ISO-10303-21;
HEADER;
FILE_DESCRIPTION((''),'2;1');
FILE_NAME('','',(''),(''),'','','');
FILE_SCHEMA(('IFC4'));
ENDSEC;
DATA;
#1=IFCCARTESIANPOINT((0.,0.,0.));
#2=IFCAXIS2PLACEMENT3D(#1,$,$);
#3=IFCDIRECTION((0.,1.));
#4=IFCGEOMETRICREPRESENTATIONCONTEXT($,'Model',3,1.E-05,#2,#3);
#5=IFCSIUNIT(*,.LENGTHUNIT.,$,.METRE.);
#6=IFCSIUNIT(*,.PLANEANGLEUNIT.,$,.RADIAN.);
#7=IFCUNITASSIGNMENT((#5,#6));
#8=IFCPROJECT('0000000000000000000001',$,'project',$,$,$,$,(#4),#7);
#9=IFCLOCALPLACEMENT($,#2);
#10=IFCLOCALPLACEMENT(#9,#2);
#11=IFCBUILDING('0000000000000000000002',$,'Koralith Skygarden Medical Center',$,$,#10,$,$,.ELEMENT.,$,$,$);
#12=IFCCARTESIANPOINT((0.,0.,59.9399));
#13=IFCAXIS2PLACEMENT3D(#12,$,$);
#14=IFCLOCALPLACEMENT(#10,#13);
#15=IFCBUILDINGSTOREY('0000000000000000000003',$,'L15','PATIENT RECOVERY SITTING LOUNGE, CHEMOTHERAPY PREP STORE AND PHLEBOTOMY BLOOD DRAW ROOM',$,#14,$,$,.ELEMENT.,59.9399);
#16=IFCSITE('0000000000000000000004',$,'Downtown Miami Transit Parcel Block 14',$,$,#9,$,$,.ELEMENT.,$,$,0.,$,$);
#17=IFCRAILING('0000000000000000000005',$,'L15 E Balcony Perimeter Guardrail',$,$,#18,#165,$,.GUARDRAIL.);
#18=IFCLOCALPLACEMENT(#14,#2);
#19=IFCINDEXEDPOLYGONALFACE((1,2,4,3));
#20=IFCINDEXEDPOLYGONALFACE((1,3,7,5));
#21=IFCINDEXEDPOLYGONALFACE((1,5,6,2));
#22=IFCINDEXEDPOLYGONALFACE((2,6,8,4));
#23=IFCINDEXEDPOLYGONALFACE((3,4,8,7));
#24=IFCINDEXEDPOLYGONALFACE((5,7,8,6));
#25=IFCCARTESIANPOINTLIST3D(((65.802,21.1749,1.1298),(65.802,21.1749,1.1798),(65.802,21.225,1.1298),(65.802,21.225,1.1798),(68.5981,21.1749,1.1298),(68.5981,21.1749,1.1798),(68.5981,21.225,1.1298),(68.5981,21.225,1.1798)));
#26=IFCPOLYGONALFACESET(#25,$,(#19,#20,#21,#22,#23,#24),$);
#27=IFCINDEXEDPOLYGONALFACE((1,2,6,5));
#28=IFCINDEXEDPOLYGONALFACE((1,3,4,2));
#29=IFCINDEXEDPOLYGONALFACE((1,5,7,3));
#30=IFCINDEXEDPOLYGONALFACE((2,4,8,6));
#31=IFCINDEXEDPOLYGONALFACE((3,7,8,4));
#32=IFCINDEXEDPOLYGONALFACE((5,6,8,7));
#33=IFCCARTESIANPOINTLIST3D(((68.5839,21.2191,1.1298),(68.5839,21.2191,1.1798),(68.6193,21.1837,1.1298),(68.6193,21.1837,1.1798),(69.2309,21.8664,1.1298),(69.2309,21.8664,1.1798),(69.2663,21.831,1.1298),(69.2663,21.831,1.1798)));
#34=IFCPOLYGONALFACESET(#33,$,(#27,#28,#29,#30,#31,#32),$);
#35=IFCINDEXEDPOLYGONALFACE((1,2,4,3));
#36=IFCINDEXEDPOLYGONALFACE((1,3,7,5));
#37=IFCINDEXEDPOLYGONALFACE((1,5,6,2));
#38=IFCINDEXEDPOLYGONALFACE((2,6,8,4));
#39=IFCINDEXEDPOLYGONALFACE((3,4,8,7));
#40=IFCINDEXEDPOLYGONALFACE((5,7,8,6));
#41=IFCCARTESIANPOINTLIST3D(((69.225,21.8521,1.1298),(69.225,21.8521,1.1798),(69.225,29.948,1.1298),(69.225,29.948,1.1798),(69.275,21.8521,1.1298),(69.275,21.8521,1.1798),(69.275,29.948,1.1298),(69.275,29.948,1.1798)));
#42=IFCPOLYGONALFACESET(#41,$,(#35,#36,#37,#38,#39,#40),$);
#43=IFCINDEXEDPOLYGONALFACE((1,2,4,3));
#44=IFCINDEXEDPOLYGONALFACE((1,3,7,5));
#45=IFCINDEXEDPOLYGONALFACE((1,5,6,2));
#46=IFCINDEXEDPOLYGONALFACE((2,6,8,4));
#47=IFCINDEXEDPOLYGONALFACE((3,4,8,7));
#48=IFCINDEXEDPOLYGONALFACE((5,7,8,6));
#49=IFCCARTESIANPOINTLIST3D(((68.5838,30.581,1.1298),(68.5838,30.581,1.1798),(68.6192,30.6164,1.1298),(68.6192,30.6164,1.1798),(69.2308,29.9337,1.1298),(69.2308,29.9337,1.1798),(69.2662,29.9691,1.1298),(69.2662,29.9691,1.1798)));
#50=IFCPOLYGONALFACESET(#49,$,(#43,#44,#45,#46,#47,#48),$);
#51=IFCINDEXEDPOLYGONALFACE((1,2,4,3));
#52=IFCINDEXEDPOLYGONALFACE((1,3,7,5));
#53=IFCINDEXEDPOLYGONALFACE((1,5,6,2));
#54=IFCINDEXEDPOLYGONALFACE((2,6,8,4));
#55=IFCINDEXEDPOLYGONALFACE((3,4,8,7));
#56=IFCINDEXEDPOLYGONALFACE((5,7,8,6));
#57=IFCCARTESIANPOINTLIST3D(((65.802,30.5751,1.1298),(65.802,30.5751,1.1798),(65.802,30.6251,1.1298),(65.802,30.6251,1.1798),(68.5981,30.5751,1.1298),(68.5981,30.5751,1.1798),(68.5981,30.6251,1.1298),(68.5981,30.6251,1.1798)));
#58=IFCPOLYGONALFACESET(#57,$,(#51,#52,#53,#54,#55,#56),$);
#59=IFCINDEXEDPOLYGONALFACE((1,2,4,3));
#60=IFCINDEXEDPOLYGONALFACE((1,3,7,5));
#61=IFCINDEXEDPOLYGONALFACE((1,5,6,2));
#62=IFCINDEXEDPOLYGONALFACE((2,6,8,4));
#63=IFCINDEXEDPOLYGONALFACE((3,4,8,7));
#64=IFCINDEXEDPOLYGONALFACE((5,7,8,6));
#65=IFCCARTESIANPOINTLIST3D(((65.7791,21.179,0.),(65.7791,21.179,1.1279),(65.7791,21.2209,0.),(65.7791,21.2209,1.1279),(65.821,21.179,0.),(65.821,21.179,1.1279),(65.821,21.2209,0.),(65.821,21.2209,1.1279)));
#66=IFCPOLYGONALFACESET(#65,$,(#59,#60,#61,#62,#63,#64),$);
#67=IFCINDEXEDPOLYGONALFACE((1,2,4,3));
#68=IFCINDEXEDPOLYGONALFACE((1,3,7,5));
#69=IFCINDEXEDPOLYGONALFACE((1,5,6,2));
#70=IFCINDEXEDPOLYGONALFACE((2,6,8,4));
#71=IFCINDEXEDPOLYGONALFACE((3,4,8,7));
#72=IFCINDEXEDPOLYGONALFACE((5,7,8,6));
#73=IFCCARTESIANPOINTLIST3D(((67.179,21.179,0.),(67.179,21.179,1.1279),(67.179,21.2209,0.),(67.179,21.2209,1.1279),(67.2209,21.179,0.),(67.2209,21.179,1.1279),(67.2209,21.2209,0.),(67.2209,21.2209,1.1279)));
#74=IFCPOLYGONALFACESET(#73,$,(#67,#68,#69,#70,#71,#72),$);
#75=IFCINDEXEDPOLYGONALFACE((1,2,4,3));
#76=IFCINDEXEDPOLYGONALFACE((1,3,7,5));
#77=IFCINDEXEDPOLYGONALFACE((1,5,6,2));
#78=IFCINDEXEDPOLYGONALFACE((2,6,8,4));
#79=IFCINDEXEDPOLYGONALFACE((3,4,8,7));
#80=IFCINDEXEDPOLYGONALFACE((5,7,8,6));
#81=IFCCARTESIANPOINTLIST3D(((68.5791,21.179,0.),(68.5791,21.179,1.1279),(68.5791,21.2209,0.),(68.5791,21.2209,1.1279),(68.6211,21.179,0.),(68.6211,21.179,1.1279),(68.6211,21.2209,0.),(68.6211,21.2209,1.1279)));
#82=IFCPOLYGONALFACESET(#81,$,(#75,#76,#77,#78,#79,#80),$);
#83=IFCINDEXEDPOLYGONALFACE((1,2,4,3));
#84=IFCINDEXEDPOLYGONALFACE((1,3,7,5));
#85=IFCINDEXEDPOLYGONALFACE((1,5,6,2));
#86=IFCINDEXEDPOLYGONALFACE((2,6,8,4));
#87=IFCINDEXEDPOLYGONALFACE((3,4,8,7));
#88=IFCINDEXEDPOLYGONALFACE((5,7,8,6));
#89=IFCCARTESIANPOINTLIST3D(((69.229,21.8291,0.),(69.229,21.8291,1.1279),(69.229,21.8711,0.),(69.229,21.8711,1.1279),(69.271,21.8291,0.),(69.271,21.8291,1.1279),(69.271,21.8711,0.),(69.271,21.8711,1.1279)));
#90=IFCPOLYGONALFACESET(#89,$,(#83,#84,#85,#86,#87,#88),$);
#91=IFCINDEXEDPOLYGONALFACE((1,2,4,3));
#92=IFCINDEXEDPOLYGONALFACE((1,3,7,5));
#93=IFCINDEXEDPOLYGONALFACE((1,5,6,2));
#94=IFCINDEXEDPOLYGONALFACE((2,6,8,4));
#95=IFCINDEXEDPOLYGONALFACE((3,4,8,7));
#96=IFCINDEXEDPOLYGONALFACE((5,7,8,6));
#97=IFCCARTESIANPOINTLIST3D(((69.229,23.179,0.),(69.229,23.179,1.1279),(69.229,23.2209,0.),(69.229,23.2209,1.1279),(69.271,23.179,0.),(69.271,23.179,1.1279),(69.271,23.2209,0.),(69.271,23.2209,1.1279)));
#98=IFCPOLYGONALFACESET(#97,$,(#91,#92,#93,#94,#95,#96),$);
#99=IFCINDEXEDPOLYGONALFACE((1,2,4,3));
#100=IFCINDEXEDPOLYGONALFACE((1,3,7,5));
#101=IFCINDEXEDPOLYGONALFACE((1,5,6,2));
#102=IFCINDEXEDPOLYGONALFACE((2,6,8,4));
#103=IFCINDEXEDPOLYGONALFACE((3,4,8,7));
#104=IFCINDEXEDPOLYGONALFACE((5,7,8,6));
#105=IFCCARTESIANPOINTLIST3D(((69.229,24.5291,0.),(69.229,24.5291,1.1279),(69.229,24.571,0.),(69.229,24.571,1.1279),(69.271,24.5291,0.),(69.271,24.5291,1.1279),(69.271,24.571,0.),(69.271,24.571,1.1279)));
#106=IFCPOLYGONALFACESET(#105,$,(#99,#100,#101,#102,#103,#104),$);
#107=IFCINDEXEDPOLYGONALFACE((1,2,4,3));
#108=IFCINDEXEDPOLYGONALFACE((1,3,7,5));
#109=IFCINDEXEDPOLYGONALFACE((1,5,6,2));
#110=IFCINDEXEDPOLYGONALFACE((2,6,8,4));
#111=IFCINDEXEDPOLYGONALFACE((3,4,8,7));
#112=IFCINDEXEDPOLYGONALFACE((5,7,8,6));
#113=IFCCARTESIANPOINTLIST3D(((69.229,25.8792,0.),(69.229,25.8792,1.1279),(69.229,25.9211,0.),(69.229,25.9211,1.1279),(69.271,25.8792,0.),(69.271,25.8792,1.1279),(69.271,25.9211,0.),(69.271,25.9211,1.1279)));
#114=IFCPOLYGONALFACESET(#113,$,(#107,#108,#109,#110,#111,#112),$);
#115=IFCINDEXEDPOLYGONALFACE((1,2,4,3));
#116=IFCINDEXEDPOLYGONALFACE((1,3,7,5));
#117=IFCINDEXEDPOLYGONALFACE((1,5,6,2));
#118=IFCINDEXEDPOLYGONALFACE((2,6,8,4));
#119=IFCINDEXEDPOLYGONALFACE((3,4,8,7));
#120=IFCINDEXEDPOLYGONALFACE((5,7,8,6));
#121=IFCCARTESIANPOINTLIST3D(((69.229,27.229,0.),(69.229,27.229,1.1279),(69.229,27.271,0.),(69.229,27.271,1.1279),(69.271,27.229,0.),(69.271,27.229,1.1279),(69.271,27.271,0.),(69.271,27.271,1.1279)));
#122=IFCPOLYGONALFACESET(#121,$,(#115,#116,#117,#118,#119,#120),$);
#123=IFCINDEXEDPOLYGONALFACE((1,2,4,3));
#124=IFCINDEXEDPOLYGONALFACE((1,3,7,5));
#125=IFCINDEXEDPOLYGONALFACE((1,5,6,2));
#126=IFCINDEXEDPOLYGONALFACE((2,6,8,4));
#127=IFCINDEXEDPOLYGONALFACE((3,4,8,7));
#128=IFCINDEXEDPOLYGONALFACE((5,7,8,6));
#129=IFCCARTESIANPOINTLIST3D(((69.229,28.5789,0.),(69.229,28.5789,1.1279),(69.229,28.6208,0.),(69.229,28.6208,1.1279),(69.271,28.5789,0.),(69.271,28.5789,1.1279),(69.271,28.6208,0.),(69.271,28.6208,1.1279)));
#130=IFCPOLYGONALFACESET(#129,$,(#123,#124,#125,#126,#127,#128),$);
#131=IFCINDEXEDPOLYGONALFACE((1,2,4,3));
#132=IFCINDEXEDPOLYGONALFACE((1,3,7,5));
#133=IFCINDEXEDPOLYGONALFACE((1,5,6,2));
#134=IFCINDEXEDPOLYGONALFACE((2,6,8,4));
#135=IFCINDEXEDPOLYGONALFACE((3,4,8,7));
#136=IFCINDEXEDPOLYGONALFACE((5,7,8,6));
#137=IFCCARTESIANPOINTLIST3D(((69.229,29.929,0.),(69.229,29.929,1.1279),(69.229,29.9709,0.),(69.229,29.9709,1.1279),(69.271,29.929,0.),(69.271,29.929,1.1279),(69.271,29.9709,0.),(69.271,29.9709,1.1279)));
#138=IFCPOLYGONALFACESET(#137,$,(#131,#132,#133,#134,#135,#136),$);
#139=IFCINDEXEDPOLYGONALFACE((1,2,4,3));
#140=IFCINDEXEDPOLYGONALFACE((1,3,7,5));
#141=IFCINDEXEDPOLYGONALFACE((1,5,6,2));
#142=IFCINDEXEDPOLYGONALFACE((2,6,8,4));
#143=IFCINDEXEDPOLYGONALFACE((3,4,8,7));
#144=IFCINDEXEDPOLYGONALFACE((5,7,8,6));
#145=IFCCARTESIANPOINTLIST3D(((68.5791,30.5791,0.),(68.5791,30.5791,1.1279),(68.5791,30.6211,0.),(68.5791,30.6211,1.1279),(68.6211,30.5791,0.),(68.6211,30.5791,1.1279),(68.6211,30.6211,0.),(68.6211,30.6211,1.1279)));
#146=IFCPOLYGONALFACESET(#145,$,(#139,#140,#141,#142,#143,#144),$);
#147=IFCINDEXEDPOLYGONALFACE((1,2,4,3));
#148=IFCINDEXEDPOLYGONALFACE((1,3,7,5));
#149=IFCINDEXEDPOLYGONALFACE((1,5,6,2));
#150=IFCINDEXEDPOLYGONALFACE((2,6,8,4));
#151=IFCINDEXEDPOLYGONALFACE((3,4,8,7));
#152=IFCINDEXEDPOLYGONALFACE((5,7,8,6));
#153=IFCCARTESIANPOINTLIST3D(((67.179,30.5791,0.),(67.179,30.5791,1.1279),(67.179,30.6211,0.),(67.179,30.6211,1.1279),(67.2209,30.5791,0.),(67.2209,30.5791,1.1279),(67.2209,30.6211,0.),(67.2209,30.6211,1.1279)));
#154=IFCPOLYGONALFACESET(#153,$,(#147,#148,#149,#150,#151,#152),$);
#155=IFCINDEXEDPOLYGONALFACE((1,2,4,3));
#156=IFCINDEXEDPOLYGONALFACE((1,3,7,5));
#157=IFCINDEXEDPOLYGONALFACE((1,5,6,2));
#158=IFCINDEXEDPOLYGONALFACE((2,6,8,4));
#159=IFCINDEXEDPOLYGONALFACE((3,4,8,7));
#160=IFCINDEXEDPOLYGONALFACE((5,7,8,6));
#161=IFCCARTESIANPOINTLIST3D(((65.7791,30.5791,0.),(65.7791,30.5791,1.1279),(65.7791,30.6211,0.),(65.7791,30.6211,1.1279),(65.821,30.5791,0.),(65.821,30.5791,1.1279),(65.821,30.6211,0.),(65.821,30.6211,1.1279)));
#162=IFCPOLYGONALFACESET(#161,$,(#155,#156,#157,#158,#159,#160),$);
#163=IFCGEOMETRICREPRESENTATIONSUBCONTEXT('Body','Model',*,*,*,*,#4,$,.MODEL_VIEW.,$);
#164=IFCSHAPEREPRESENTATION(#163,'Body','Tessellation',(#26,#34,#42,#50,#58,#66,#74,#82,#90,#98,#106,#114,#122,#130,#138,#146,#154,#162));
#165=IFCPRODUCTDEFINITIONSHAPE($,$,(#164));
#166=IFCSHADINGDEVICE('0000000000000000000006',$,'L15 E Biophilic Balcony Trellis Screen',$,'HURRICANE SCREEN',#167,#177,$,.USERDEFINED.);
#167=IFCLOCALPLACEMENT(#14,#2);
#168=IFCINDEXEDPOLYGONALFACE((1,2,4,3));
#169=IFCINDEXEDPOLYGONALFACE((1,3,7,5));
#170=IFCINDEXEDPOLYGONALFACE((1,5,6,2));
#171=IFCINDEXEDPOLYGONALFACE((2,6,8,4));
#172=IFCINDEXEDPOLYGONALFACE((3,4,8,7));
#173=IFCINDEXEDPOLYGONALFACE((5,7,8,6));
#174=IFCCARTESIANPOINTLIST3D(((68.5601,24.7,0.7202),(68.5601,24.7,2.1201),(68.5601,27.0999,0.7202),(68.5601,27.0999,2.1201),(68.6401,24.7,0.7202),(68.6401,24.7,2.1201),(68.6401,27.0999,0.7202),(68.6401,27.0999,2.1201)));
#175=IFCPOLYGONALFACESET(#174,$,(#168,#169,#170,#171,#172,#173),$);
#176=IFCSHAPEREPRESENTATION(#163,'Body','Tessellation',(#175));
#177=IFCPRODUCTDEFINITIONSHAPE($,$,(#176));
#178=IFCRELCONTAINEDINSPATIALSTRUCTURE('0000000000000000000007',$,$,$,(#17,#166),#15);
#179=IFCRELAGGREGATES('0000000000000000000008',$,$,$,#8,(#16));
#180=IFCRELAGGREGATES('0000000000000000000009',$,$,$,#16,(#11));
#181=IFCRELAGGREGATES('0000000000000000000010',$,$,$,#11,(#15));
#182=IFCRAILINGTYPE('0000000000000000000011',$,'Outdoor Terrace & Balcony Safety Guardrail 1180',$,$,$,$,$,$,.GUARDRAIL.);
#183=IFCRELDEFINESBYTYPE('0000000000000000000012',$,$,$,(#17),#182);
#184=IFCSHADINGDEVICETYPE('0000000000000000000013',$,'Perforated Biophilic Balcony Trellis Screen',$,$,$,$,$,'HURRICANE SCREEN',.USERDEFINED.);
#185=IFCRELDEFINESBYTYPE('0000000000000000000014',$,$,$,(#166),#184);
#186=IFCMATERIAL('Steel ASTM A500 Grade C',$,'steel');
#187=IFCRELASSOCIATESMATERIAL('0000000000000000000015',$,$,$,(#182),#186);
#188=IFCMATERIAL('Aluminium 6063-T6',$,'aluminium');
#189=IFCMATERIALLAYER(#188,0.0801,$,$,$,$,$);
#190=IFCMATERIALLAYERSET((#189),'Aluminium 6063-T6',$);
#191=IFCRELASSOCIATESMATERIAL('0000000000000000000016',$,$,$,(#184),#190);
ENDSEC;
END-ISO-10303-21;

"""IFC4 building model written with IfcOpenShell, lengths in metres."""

from ifc_helpers import new_model, si_unit, direction, frame, origin, origin_2d, place, context, subcontext, project, spatial, rectangle, extrude, material, layer, layer_set, type_object, element, save


model = new_model("IFC4")

# Units and contexts
model_context = context("Model", 3, precision=1e-05, world=origin(), true_north=direction((0.0, 1.0)))
body_context = subcontext(model_context, "Body", "Model", "MODEL_VIEW")
ifc_project = project(units=[si_unit("LENGTHUNIT", "METRE"), si_unit("PLANEANGLEUNIT", "RADIAN")], contexts=[model_context])

# Site, building, storey
site_placement = place(None, origin())
site = spatial("IfcSite", under=ifc_project, at=site_placement, Name="Downtown Miami Transit Parcel Block 14", CompositionType="ELEMENT", RefElevation=0.0)
building_placement = place(site_placement, origin())
building = spatial("IfcBuilding", under=site, at=building_placement, Name="Koralith Skygarden Medical Center", CompositionType="ELEMENT")
storey_placement = place(building_placement, frame((0.0, 0.0, 59.9399)))
storey = spatial("IfcBuildingStorey", under=building, at=storey_placement, Name="L15", Description="PATIENT RECOVERY SITTING LOUNGE, CHEMOTHERAPY PREP STORE AND PHLEBOTOMY BLOOD DRAW ROOM", CompositionType="ELEMENT", Elevation=59.9399)

# Shared definitions
ifc_material_1 = material(Name="Aluminium 6063-T6", Category="aluminium")

# Railing
ifc_material_2 = material(Name="Steel ASTM A500 Grade C", Category="steel")
railing_type = type_object("IfcRailingType", Name="Outdoor Terrace & Balcony Safety Guardrail 1180", PredefinedType="GUARDRAIL", material=ifc_material_2)
railing_placement = place(storey_placement, frame((65.8, 21.2, 0.0)))
element("IfcRailing", 1, at=railing_placement, inside=storey, type_object=railing_type, Name="L15 E Balcony Perimeter Guardrail", PredefinedType="GUARDRAIL", context=body_context, shape_type="SweptSolid", body=[
    extrude(rectangle(XDim=0.05, YDim=0.05, at=origin_2d()), frame((0.002, 0.0, 1.1548), z_axis=(1.0, 0.0, 0.0), x_axis=(0.0, 1.0, 0.0)), (0.0, 0.0, 1.0), 2.7961),
    extrude(rectangle(XDim=0.05, YDim=0.05, at=origin_2d()), frame((2.8015, 0.0015, 1.1548), z_axis=(0.706974, 0.70724, 0.0), x_axis=(-0.70724, 0.706974, 0.0)), (0.0, 0.0, 1.0), 0.9153),
    extrude(rectangle(XDim=0.05, YDim=0.05, at=origin_2d()), frame((3.45, 0.6521, 1.1548), z_axis=(0.0, 1.0, 0.0), x_axis=(-1.0, 0.0, 0.0)), (0.0, 0.0, 1.0), 8.0959),
    extrude(rectangle(XDim=0.05, YDim=0.05, at=origin_2d()), frame((3.4485, 8.7515, 1.1548), z_axis=(-0.706974, 0.70724, 0.0), x_axis=(-0.70724, -0.706974, 0.0)), (0.0, 0.0, 1.0), 0.9153),
    extrude(rectangle(XDim=0.05, YDim=0.05, at=origin_2d()), frame((2.7981, 9.4001, 1.1548), z_axis=(-1.0, 0.0, 0.0), x_axis=(0.0, -1.0, 0.0)), (0.0, 0.0, 1.0), 2.7961),
    extrude(rectangle(XDim=0.042, YDim=0.042, at=origin_2d()), origin(), (0.0, 0.0, 1.0), 1.1279),
    extrude(rectangle(XDim=0.042, YDim=0.042, at=origin_2d()), frame((1.3999, 0.0, 0.0)), (0.0, 0.0, 1.0), 1.1279),
    extrude(rectangle(XDim=0.042, YDim=0.042, at=origin_2d()), frame((2.8, 0.0, 0.0)), (0.0, 0.0, 1.0), 1.1279),
    extrude(rectangle(XDim=0.042, YDim=0.042, at=origin_2d()), frame((3.45, 0.6501, 0.0)), (0.0, 0.0, 1.0), 1.1279),
    extrude(rectangle(XDim=0.042, YDim=0.042, at=origin_2d()), frame((3.45, 2.0, 0.0)), (0.0, 0.0, 1.0), 1.1279),
    extrude(rectangle(XDim=0.042, YDim=0.042, at=origin_2d()), frame((3.45, 3.3501, 0.0)), (0.0, 0.0, 1.0), 1.1279),
    extrude(rectangle(XDim=0.042, YDim=0.042, at=origin_2d()), frame((3.45, 4.7002, 0.0)), (0.0, 0.0, 1.0), 1.1279),
    extrude(rectangle(XDim=0.042, YDim=0.042, at=origin_2d()), frame((3.45, 6.05, 0.0)), (0.0, 0.0, 1.0), 1.1279),
    extrude(rectangle(XDim=0.042, YDim=0.042, at=origin_2d()), frame((3.45, 7.3999, 0.0)), (0.0, 0.0, 1.0), 1.1279),
    extrude(rectangle(XDim=0.042, YDim=0.042, at=origin_2d()), frame((3.45, 8.75, 0.0)), (0.0, 0.0, 1.0), 1.1279),
    extrude(rectangle(XDim=0.042, YDim=0.042, at=origin_2d()), frame((2.8, 9.4001, 0.0)), (0.0, 0.0, 1.0), 1.1279),
    extrude(rectangle(XDim=0.042, YDim=0.042, at=origin_2d()), frame((1.3999, 9.4001, 0.0)), (0.0, 0.0, 1.0), 1.1279),
    extrude(rectangle(XDim=0.042, YDim=0.042, at=origin_2d()), frame((0.0, 9.4001, 0.0)), (0.0, 0.0, 1.0), 1.1279),
])

# Shading device
ifc_layer_1 = layer(ifc_material_1, 0.0801)
ifc_layer_set_1 = layer_set([ifc_layer_1], Name="Aluminium 6063-T6")
shading_device_type = type_object("IfcShadingDeviceType", Name="Perforated Biophilic Balcony Trellis Screen", ElementType="HURRICANE SCREEN", PredefinedType="USERDEFINED", material=ifc_layer_set_1)
shading_device_placement = place(storey_placement, frame((68.6001, 25.8999, 0.7202), z_axis=(0.0, 0.0, 1.0), x_axis=(0.0, 1.0, 0.0)))
element("IfcShadingDevice", 2, at=shading_device_placement, inside=storey, type_object=shading_device_type, Name="L15 E Biophilic Balcony Trellis Screen", ObjectType="HURRICANE SCREEN", PredefinedType="USERDEFINED", context=body_context, shape_type="SweptSolid", body=[
    extrude(rectangle(XDim=2.3999, YDim=0.0801, at=origin_2d()), origin(), (0.0, 0.0, 1.0), 1.3999),
])

save(model, "model.ifc")
